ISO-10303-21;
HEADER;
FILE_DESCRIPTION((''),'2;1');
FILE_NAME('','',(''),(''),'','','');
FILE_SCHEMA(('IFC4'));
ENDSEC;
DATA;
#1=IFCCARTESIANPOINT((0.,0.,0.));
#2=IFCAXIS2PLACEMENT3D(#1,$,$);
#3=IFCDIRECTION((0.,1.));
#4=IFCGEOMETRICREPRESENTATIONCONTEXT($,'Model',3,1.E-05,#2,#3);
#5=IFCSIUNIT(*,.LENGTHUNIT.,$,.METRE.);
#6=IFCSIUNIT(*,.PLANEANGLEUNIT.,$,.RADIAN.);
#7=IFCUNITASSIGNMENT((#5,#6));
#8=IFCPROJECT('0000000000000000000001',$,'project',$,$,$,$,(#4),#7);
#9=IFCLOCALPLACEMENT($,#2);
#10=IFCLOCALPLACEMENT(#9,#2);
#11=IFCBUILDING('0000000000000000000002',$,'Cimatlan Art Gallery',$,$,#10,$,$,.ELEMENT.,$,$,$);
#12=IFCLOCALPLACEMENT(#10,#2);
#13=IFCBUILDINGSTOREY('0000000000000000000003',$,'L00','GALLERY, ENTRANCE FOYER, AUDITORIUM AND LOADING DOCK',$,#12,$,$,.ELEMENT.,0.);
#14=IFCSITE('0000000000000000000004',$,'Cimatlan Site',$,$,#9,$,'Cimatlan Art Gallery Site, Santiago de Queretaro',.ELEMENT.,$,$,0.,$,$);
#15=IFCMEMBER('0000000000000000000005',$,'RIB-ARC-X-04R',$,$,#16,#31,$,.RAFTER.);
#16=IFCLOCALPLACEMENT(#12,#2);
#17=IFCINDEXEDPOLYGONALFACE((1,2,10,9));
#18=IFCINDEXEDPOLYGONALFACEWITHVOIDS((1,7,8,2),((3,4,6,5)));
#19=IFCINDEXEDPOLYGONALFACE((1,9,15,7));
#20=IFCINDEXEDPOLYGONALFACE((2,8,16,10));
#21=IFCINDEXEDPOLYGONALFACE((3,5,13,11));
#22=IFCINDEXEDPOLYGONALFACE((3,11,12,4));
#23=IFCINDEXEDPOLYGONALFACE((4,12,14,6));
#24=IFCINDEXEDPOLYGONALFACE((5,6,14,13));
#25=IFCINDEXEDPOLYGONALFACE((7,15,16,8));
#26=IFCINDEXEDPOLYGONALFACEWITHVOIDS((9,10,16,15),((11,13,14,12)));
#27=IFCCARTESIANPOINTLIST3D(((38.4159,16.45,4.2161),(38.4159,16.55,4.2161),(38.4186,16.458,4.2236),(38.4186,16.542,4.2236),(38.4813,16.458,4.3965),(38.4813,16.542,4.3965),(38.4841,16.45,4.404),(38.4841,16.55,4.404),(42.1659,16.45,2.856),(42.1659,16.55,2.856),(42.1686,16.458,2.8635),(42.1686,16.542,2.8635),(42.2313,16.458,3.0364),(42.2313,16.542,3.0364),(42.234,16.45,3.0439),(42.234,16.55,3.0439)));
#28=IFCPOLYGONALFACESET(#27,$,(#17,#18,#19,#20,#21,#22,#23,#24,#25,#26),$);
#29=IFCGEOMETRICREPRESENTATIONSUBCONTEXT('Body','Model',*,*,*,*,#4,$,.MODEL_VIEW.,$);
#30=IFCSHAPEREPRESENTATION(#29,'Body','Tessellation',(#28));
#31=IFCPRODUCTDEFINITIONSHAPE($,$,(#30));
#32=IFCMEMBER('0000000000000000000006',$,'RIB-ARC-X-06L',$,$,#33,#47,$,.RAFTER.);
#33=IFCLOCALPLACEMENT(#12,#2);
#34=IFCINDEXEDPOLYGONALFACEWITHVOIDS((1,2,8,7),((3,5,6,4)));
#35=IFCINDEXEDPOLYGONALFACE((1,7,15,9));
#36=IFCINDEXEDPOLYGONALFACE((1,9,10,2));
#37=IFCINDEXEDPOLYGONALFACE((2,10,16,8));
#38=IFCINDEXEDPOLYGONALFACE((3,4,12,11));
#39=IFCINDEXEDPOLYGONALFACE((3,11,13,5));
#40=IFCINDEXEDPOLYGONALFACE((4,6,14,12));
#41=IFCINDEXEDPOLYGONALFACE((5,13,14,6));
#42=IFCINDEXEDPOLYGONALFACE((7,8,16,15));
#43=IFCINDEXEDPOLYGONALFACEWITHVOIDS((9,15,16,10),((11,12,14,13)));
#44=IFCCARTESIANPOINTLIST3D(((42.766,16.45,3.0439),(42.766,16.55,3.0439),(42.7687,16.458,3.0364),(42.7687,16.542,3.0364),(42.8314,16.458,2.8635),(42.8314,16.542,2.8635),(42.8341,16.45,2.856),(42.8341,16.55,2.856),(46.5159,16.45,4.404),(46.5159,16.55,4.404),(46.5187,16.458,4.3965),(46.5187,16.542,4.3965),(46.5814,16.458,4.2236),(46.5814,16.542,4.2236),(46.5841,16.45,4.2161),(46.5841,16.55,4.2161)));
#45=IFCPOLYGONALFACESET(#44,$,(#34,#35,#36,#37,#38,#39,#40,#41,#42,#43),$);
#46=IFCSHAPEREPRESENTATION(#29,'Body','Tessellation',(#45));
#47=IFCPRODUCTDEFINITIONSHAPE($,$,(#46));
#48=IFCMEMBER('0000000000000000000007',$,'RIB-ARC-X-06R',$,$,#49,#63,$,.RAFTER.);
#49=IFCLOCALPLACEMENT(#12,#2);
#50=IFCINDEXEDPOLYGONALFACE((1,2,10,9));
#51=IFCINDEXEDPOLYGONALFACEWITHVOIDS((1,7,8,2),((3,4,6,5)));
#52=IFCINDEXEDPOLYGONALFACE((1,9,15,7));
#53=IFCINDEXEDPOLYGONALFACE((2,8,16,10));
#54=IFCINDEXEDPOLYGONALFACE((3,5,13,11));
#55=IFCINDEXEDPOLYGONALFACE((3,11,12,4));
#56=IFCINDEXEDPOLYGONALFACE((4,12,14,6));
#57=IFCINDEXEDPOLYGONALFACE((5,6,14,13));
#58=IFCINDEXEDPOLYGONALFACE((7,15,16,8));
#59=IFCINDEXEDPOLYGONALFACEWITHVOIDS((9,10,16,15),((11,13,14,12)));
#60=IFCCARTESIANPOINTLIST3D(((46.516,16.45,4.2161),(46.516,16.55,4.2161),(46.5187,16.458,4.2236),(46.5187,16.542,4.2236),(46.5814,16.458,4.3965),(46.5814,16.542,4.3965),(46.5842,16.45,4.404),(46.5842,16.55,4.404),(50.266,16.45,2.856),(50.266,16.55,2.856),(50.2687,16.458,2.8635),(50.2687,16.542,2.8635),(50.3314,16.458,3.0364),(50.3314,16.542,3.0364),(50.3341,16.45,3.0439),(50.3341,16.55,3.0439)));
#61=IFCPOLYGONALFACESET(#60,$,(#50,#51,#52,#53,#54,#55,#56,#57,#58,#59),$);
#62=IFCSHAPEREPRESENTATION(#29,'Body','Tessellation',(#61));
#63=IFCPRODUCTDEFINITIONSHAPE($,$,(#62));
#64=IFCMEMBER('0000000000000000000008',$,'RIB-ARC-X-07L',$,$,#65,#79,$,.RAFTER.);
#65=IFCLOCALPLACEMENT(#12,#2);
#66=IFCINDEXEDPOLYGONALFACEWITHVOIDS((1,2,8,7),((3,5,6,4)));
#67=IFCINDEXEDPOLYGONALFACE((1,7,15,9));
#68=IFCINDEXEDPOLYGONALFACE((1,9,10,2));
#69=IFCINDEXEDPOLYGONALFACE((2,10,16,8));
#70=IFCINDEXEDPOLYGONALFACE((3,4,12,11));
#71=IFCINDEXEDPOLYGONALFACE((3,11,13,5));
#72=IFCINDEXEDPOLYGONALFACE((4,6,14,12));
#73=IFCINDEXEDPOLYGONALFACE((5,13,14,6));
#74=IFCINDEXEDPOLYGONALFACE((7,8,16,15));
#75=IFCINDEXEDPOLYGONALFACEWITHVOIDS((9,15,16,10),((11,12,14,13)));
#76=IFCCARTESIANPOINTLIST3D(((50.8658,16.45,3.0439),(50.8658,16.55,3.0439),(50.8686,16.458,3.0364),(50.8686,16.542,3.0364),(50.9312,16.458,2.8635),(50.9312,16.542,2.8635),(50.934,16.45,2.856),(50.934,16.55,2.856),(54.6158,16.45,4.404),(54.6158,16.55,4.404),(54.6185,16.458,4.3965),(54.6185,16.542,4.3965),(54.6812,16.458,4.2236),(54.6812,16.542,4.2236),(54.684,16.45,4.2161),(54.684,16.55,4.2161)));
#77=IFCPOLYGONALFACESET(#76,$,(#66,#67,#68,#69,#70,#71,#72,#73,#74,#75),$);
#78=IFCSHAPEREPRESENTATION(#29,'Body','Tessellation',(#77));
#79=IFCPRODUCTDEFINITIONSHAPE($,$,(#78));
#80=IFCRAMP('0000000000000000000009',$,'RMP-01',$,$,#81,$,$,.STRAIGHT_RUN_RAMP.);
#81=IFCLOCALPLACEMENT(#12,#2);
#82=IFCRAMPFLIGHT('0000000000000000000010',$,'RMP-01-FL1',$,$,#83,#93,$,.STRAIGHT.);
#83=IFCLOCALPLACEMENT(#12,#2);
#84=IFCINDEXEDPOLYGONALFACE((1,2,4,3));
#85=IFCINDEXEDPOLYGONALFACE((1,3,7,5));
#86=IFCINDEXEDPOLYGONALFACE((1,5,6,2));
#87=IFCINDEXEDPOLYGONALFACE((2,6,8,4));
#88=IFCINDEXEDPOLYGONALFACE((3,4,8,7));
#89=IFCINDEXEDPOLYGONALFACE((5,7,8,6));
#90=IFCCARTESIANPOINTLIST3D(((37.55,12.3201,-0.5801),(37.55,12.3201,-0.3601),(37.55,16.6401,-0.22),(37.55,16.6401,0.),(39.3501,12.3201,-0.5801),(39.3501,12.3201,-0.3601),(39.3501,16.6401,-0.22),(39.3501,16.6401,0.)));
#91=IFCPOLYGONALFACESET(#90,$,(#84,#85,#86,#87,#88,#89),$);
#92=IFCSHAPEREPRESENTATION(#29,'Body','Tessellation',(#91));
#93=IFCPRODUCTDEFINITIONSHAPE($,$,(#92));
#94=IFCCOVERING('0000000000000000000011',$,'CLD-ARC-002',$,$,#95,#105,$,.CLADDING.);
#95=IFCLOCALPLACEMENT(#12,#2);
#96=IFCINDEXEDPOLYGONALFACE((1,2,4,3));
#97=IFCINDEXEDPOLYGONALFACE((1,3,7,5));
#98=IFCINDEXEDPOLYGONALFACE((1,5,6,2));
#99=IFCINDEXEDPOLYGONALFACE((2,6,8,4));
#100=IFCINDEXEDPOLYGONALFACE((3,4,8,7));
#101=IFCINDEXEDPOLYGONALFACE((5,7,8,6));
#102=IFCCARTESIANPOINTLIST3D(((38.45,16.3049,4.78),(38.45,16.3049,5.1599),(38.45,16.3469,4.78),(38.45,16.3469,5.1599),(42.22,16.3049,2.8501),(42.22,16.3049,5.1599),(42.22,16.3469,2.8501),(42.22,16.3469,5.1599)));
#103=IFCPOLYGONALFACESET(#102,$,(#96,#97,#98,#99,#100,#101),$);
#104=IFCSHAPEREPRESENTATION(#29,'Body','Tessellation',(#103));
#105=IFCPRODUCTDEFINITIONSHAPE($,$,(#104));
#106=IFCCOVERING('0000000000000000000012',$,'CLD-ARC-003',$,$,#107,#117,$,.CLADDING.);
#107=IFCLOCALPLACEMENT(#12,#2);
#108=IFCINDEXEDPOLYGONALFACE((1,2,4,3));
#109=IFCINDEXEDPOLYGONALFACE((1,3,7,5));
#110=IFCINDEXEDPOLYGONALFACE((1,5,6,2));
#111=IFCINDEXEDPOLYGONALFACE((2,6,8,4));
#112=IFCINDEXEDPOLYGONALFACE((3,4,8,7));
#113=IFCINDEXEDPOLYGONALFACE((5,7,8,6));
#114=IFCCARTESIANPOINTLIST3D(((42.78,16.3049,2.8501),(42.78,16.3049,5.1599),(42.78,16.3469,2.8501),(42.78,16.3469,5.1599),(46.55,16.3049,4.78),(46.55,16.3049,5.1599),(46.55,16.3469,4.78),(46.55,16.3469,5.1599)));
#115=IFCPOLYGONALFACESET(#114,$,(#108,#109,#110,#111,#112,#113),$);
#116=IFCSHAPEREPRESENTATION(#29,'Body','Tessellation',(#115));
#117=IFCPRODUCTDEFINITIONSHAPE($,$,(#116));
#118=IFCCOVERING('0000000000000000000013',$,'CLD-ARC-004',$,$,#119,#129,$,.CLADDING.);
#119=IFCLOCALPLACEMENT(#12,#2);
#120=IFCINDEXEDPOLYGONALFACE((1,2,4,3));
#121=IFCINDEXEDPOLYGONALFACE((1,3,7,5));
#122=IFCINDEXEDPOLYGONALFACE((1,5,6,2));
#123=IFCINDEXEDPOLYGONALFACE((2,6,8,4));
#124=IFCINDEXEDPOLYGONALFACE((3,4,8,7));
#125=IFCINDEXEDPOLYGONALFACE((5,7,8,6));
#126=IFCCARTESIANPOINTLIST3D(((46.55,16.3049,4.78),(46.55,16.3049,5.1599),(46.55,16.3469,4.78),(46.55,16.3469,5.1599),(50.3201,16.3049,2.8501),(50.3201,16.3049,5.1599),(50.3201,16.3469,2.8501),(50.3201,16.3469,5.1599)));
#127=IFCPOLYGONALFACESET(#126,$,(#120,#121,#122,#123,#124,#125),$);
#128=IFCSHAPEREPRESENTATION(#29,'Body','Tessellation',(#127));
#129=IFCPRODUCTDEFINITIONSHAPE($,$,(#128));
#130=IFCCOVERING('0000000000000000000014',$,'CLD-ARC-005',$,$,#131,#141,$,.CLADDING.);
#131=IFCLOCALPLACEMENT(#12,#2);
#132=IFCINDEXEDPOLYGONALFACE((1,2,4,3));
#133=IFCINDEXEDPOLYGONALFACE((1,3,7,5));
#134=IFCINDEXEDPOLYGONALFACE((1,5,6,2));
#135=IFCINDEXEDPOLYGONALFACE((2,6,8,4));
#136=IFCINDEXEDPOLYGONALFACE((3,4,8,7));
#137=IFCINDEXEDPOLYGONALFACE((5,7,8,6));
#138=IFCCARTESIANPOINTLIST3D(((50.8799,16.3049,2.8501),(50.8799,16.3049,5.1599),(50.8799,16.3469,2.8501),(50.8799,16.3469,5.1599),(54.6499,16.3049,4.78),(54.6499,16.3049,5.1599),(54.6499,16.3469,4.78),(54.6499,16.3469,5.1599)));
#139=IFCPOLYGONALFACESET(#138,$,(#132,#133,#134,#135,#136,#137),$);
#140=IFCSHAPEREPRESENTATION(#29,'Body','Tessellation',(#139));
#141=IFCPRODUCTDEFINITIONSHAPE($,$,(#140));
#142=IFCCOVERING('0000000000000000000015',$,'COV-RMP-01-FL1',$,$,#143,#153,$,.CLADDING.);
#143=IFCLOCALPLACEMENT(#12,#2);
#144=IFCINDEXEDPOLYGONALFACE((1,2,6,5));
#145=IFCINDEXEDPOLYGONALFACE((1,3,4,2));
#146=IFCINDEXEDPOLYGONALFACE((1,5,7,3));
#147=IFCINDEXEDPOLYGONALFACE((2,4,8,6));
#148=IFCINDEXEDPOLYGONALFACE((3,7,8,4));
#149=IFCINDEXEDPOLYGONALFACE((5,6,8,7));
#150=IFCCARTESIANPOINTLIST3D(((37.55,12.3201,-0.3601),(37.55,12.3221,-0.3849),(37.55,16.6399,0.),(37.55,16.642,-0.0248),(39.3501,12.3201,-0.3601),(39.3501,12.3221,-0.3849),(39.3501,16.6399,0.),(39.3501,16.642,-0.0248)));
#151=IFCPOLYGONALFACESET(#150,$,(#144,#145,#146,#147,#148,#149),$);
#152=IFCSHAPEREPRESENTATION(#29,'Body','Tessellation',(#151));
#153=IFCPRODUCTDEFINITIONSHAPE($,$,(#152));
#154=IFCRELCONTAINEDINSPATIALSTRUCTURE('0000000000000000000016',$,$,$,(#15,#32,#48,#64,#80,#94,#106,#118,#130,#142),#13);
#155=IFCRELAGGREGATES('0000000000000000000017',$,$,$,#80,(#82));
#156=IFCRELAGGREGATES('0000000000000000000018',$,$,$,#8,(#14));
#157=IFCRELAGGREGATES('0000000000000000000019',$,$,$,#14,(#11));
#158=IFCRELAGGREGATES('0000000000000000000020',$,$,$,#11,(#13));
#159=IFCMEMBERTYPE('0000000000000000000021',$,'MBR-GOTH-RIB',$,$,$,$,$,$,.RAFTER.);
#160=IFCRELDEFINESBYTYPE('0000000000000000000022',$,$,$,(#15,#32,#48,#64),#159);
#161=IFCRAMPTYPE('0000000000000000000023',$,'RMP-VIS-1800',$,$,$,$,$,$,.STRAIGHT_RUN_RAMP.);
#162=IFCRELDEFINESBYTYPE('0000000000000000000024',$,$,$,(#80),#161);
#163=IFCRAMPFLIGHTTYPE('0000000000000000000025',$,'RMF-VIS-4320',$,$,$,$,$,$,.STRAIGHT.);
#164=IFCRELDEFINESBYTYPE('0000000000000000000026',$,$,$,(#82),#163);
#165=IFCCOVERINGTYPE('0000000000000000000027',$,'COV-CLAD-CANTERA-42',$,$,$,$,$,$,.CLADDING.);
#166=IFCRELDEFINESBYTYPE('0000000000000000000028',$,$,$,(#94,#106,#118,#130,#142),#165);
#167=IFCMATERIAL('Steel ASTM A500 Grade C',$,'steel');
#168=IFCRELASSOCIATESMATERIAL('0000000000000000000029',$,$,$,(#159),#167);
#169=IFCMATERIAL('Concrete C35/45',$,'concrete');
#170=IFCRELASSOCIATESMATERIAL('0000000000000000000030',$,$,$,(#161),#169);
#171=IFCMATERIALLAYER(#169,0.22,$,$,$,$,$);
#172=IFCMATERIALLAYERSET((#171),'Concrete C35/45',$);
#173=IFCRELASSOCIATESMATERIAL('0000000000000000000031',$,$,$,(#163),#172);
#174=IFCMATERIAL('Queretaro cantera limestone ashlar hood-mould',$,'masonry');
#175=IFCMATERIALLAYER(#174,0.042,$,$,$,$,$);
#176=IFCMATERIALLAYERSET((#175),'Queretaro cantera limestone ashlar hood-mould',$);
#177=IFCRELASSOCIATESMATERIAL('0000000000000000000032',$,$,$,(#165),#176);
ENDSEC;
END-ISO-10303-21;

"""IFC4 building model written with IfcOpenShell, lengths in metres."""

from ifc_helpers import new_model, si_unit, direction, frame, origin, origin_2d, place, context, subcontext, project, spatial, polyline, hollow_rectangle, outline, extrude, material, layer, layer_set, material_profile, profile_set, type_object, element, aggregate, save


model = new_model("IFC4")

# Units and contexts
model_context = context("Model", 3, precision=1e-05, world=origin(), true_north=direction((0.0, 1.0)))
body_context = subcontext(model_context, "Body", "Model", "MODEL_VIEW")
ifc_project = project(units=[si_unit("LENGTHUNIT", "METRE"), si_unit("PLANEANGLEUNIT", "RADIAN")], contexts=[model_context])

# Site, building, storey
site_placement = place(None, origin())
site = spatial("IfcSite", under=ifc_project, at=site_placement, Name="Cimatlan Site", LongName="Cimatlan Art Gallery Site, Santiago de Queretaro", CompositionType="ELEMENT", RefElevation=0.0)
building_placement = place(site_placement, origin())
building = spatial("IfcBuilding", under=site, at=building_placement, Name="Cimatlan Art Gallery", CompositionType="ELEMENT")
storey_placement = place(building_placement, origin())
storey = spatial("IfcBuildingStorey", under=building, at=storey_placement, Name="L00", Description="GALLERY, ENTRANCE FOYER, AUDITORIUM AND LOADING DOCK", CompositionType="ELEMENT", Elevation=0.0)

# Members
ifc_material_1 = material(Name="Steel ASTM A500 Grade C", Category="steel")
ifc_material_profile_1 = material_profile(ifc_material_1, hollow_rectangle(XDim=0.1001, YDim=0.2, WallThickness=0.0081, at=origin_2d()), Name="HSS200X100X8")
ifc_profile_set_1 = profile_set([ifc_material_profile_1], Name="Steel ASTM A500 Grade C")
member_type = type_object("IfcMemberType", Name="MBR-GOTH-RIB", PredefinedType="RAFTER", material=ifc_profile_set_1)
for number, where, z_axis, x_axis, name in (
    (1, (42.2, 16.5, 2.95), (-0.940077, 0.0, 0.340962), (0.0, -1.0, 0.0), "RIB-ARC-X-04R"),
    (2, (42.8, 16.5, 2.95), (0.940077, 0.0, 0.340962), (0.0, 1.0, 0.0), "RIB-ARC-X-06L"),
    (3, (50.3, 16.5, 2.95), (-0.940077, 0.0, 0.340962), (0.0, -1.0, 0.0), "RIB-ARC-X-06R"),
    (4, (50.8999, 16.5, 2.95), (0.940077, 0.0, 0.340962), (0.0, 1.0, 0.0), "RIB-ARC-X-07L"),
):
    element("IfcMember", number, at=place(storey_placement, frame(where, z_axis=z_axis, x_axis=x_axis)), inside=storey, type_object=member_type, Name=name, PredefinedType="RAFTER", context=body_context, shape_type="SweptSolid", body=[
        extrude(hollow_rectangle(XDim=0.1001, YDim=0.2, WallThickness=0.0081, at=origin_2d()), origin(), (0.0, 0.0, 1.0), 3.989),
    ])

# Ramp, ramp flight
ifc_material_2 = material(Name="Concrete C35/45", Category="concrete")
ramp_type = type_object("IfcRampType", Name="RMP-VIS-1800", PredefinedType="STRAIGHT_RUN_RAMP", material=ifc_material_2)
ramp_placement = place(storey_placement, origin())
ramp = element("IfcRamp", 5, at=ramp_placement, inside=storey, type_object=ramp_type, Name="RMP-01", PredefinedType="STRAIGHT_RUN_RAMP")
ifc_layer_1 = layer(ifc_material_2, 0.22)
ifc_layer_set_1 = layer_set([ifc_layer_1], Name="Concrete C35/45")
ramp_flight_type = type_object("IfcRampFlightType", Name="RMF-VIS-4320", PredefinedType="STRAIGHT", material=ifc_layer_set_1)
ramp_flight_placement = place(storey_placement, frame((38.45, 12.3201, -0.3601), z_axis=(0.0, 0.0, 1.0), x_axis=(0.0, 1.0, 0.0)))
ramp_flight = element("IfcRampFlight", 6, at=ramp_flight_placement, type_object=ramp_flight_type, Name="RMP-01-FL1", PredefinedType="STRAIGHT", context=body_context, shape_type="SweptSolid", body=[
    extrude(outline(polyline([(0.0, 0.0), (4.3201, 0.3601), (4.3201, 0.1401), (0.0, -0.22), (0.0, 0.0)])), frame((0.0, 0.8999, 0.0), z_axis=(0.0, -1.0, 0.0), x_axis=(1.0, 0.0, 0.0)), (0.0, 0.0, 1.0), 1.8),
])
aggregate(ramp, [ramp_flight])

# Coverings
ifc_material_3 = material(Name="Queretaro cantera limestone ashlar hood-mould", Category="masonry")
ifc_layer_2 = layer(ifc_material_3, 0.042)
ifc_layer_set_2 = layer_set([ifc_layer_2], Name="Queretaro cantera limestone ashlar hood-mould")
covering_type = type_object("IfcCoveringType", Name="COV-CLAD-CANTERA-42", PredefinedType="CLADDING", material=ifc_layer_set_2)
covering_1_placement = place(storey_placement, frame((38.45, 16.3049, 4.78), z_axis=(0.0, -1.0, 0.0), x_axis=(0.890144, 0.0, -0.455679)))
element("IfcCovering", 7, at=covering_1_placement, inside=storey, type_object=covering_type, Name="CLD-ARC-002", PredefinedType="CLADDING", context=body_context, shape_type="SweptSolid", body=[
    extrude(outline(polyline([(0.0, 0.0), (4.2353, 0.0), (3.1828, 2.0561), (-0.1731, 0.3382), (0.0, 0.0)])), origin(), (0.0, 0.0, -1.0), 0.042),
])
covering_2_placement = place(storey_placement, frame((42.78, 16.3049, 2.8501), z_axis=(0.0, -1.0, 0.0), x_axis=(0.890144, 0.0, 0.455679)))
element("IfcCovering", 8, at=covering_2_placement, inside=storey, type_object=covering_type, Name="CLD-ARC-003", PredefinedType="CLADDING", context=body_context, shape_type="SweptSolid", body=[
    extrude(outline(polyline([(0.0, 0.0), (4.2353, 0.0), (4.4084, 0.3382), (1.0525, 2.0561), (0.0, 0.0)])), origin(), (0.0, 0.0, -1.0), 0.042),
])
covering_3_placement = place(storey_placement, frame((46.55, 16.3049, 4.78), z_axis=(0.0, -1.0, 0.0), x_axis=(0.890144, 0.0, -0.455679)))
element("IfcCovering", 9, at=covering_3_placement, inside=storey, type_object=covering_type, Name="CLD-ARC-004", PredefinedType="CLADDING", context=body_context, shape_type="SweptSolid", body=[
    extrude(outline(polyline([(0.0, 0.0), (4.2353, 0.0), (3.1828, 2.0561), (-0.1731, 0.3382), (0.0, 0.0)])), origin(), (0.0, 0.0, -1.0), 0.042),
])
covering_4_placement = place(storey_placement, frame((50.8799, 16.3049, 2.8501), z_axis=(0.0, -1.0, 0.0), x_axis=(0.890144, 0.0, 0.455679)))
element("IfcCovering", 10, at=covering_4_placement, inside=storey, type_object=covering_type, Name="CLD-ARC-005", PredefinedType="CLADDING", context=body_context, shape_type="SweptSolid", body=[
    extrude(outline(polyline([(0.0, 0.0), (4.2353, 0.0), (4.4084, 0.3382), (1.0525, 2.0561), (0.0, 0.0)])), origin(), (0.0, 0.0, -1.0), 0.042),
])
covering_5_placement = place(storey_placement, frame((39.3501, 12.3201, -0.3601), z_axis=(0.0, -0.083073, 0.996543), x_axis=(0.0, 0.996543, 0.083073)))
element("IfcCovering", 11, at=covering_5_placement, inside=storey, type_object=covering_type, Name="COV-RMP-01-FL1", PredefinedType="CLADDING", context=body_context, shape_type="SweptSolid", body=[
    extrude(outline(polyline([(0.0, 0.0), (4.3348, 0.0), (4.3348, 1.8), (0.0, 1.8), (0.0, 0.0)])), origin(), (0.0, 0.0, -1.0), 0.0249),
])

save(model, "model.ifc")
